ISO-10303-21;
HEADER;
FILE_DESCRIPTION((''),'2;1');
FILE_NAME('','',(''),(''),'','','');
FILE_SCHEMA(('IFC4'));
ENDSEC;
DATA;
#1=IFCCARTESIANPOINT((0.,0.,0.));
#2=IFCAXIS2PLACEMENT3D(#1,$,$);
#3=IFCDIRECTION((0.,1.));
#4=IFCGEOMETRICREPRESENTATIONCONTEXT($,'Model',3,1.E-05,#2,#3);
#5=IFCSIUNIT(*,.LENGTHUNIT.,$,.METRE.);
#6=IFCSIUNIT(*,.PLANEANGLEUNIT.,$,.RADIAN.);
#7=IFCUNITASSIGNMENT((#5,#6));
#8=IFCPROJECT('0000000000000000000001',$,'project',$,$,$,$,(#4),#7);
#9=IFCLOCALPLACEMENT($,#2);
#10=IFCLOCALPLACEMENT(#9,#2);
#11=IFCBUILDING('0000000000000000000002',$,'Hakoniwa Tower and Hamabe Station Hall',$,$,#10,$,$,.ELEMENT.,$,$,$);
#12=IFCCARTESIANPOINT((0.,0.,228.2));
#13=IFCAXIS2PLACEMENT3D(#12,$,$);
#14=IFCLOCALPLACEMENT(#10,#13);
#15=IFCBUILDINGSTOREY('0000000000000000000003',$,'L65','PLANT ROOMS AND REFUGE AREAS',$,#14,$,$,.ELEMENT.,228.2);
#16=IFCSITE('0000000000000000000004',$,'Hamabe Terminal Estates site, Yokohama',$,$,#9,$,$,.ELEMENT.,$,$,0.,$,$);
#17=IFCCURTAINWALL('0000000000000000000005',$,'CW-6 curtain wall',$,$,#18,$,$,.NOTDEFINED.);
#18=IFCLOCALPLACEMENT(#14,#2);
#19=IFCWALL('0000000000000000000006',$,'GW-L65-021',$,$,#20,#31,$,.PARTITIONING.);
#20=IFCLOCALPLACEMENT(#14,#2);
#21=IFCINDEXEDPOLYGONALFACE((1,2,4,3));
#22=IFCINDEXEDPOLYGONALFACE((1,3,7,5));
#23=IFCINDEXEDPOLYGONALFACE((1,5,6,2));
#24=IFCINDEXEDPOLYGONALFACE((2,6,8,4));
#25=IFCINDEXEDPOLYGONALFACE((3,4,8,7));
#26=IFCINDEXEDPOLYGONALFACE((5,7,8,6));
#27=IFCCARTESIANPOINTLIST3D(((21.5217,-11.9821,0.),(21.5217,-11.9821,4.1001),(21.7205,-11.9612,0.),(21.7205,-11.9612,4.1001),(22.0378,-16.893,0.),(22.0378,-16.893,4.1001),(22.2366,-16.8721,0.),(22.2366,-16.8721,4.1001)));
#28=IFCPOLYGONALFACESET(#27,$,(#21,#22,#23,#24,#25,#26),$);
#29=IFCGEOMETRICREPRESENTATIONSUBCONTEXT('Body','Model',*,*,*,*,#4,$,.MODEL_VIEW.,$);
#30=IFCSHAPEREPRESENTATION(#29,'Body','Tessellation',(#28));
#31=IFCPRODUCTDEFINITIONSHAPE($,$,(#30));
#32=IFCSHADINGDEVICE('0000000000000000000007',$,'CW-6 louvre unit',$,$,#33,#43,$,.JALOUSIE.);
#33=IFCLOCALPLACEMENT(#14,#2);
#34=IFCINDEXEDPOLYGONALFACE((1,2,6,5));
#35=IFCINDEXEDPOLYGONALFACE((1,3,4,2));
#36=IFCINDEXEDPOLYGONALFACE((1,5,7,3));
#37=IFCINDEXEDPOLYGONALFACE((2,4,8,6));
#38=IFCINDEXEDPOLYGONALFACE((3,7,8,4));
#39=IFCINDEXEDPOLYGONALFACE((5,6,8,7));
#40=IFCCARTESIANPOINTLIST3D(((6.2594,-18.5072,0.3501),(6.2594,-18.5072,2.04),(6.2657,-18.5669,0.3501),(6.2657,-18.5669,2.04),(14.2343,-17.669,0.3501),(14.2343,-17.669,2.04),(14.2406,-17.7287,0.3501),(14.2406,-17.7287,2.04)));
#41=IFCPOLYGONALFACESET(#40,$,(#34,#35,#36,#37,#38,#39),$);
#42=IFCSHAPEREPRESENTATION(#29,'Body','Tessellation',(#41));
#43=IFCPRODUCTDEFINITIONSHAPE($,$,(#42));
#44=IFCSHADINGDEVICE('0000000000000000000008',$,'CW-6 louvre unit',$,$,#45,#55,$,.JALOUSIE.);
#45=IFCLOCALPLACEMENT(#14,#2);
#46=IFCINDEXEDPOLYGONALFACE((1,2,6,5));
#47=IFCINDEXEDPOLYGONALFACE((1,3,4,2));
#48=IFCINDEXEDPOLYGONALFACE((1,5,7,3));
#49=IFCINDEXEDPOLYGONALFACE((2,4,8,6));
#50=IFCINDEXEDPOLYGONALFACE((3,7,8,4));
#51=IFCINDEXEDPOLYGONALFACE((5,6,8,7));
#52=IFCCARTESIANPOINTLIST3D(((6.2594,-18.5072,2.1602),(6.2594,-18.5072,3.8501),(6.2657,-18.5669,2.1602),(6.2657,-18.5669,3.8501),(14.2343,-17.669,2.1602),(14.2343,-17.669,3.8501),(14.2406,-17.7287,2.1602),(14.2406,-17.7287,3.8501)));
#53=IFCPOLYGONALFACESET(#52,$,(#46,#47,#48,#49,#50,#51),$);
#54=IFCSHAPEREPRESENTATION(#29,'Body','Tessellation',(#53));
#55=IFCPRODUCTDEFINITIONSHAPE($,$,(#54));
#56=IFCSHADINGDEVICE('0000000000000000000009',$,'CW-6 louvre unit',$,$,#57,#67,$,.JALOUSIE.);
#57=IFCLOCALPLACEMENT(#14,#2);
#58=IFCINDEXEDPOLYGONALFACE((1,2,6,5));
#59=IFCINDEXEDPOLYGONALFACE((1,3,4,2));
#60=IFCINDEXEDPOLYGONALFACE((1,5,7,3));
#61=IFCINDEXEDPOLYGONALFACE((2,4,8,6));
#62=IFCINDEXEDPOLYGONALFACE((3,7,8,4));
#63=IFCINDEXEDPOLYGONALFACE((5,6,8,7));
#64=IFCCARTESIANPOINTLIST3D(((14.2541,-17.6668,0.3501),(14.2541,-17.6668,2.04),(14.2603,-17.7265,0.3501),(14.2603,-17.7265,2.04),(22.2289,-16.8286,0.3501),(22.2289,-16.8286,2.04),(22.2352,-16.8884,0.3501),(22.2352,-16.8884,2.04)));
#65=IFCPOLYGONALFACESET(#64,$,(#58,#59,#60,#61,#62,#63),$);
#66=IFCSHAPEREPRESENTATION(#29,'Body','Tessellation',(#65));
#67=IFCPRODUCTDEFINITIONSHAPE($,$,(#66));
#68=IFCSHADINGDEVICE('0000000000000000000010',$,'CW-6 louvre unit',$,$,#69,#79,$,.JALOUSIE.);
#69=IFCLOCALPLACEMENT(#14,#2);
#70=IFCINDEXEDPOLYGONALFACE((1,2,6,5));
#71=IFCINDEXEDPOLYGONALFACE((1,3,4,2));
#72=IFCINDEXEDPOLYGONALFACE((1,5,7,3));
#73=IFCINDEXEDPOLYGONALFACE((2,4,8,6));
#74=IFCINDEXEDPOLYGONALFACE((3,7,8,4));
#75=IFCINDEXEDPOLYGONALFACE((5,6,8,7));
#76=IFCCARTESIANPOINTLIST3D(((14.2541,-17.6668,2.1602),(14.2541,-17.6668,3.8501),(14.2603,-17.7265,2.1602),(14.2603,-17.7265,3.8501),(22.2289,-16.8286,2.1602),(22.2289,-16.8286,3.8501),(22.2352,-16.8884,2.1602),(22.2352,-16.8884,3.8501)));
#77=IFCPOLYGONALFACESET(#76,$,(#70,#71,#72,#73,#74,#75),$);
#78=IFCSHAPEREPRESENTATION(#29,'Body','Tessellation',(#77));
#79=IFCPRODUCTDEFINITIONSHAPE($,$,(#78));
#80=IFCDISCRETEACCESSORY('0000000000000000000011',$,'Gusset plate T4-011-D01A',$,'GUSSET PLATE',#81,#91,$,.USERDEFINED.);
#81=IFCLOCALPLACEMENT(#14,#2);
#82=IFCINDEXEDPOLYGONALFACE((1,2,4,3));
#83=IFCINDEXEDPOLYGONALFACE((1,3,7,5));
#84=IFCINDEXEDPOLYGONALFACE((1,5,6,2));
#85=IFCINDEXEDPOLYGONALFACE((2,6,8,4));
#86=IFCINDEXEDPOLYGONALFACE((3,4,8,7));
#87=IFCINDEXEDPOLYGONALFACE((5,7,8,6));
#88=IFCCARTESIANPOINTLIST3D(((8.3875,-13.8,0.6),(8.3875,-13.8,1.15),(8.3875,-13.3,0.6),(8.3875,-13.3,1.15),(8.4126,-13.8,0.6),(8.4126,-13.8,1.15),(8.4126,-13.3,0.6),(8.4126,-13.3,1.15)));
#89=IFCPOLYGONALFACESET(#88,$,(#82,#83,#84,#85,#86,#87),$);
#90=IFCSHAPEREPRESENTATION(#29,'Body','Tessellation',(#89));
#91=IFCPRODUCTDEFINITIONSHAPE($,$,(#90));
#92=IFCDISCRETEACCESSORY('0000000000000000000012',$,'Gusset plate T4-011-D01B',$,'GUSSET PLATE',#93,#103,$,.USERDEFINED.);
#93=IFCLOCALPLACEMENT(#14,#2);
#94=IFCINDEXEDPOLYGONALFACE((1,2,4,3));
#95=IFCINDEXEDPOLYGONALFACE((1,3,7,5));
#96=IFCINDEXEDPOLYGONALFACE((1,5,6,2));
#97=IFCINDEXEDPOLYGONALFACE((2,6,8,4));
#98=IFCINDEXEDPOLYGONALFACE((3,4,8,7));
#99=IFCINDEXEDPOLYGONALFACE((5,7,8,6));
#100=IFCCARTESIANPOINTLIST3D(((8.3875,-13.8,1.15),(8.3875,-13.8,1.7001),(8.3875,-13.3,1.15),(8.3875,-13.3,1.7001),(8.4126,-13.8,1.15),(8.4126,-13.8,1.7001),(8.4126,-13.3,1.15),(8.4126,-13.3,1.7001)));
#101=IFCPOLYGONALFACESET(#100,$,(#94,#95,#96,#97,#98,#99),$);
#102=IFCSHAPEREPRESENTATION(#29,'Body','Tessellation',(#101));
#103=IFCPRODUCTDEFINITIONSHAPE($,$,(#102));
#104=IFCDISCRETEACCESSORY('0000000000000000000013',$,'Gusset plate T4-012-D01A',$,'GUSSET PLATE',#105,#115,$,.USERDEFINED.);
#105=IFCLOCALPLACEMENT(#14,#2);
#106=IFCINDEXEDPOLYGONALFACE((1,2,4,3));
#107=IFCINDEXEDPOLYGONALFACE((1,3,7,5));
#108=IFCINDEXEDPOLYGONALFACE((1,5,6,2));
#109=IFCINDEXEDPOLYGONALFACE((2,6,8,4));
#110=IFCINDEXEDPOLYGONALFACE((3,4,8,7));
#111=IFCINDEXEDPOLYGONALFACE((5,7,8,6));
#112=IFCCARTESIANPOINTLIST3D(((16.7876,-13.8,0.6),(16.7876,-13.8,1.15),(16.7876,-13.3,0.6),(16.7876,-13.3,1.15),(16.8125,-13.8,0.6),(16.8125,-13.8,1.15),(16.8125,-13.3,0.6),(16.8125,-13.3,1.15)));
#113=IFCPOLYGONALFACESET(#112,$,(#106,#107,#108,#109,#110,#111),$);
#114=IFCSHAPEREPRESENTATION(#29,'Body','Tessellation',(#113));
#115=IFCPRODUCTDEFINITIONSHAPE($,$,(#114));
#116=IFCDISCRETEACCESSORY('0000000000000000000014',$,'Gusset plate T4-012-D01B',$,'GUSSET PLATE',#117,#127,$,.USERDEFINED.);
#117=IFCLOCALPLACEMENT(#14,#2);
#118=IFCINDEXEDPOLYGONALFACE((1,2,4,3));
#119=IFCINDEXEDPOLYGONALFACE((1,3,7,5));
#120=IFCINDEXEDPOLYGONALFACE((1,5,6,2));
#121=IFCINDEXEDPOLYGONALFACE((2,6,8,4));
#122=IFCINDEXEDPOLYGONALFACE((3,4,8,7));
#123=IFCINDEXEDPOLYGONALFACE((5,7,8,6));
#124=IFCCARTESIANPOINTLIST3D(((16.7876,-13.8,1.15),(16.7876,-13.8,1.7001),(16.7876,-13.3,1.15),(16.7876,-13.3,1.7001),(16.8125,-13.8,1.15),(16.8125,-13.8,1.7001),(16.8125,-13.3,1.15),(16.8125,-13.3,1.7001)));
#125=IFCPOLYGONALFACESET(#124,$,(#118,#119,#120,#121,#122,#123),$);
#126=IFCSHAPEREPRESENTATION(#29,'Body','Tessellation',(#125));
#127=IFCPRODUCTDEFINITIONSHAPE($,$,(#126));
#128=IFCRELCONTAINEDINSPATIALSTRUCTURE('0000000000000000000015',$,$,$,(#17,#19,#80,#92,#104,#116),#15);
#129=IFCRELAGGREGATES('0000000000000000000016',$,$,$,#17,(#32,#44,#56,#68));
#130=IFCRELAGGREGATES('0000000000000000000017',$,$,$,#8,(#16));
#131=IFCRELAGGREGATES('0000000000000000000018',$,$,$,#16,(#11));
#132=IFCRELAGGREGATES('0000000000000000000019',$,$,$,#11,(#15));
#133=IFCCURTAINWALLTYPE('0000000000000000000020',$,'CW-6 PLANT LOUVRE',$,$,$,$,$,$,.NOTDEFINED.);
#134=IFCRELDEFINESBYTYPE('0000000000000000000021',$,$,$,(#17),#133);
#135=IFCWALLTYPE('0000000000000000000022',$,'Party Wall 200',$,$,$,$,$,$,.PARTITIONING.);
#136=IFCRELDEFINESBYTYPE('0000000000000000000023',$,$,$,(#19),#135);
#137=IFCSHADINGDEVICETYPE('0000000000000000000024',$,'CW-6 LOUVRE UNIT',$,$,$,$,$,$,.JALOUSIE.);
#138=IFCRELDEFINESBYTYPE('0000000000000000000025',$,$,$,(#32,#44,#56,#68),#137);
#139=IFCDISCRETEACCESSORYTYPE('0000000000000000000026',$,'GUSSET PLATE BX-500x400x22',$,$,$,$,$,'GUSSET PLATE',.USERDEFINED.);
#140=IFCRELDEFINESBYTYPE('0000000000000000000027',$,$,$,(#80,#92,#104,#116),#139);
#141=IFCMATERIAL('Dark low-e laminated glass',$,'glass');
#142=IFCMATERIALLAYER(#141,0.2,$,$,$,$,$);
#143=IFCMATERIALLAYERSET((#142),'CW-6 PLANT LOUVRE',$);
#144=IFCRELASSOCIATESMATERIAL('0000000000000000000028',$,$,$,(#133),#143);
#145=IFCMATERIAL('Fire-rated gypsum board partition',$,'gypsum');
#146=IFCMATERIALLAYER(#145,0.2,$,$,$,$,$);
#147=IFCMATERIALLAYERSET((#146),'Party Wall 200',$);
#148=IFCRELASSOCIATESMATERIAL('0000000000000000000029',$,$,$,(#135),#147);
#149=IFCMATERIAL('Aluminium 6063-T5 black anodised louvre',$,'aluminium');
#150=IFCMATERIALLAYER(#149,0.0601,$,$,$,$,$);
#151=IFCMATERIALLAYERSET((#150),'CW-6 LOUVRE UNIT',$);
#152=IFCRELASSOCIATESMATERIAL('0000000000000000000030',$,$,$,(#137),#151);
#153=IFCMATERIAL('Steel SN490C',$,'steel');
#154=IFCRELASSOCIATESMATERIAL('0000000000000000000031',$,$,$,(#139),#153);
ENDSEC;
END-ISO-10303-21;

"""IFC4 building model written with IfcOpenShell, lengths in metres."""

from ifc_helpers import new_model, si_unit, direction, frame, frame_2d, origin, origin_2d, place, context, subcontext, project, spatial, rectangle, extrude, material, layer, layer_set, material_profile, profile_set, type_object, element, aggregate, save


model = new_model("IFC4")

# Units and contexts
model_context = context("Model", 3, precision=1e-05, world=origin(), true_north=direction((0.0, 1.0)))
body_context = subcontext(model_context, "Body", "Model", "MODEL_VIEW")
ifc_project = project(units=[si_unit("LENGTHUNIT", "METRE"), si_unit("PLANEANGLEUNIT", "RADIAN")], contexts=[model_context])

# Site, building, storey
site_placement = place(None, origin())
site = spatial("IfcSite", under=ifc_project, at=site_placement, Name="Hamabe Terminal Estates site, Yokohama", CompositionType="ELEMENT", RefElevation=0.0)
building_placement = place(site_placement, origin())
building = spatial("IfcBuilding", under=site, at=building_placement, Name="Hakoniwa Tower and Hamabe Station Hall", CompositionType="ELEMENT")
storey_placement = place(building_placement, frame((0.0, 0.0, 228.2)))
storey = spatial("IfcBuildingStorey", under=building, at=storey_placement, Name="L65", Description="PLANT ROOMS AND REFUGE AREAS", CompositionType="ELEMENT", Elevation=228.2)

# Curtain wall
ifc_material_1 = material(Name="Dark low-e laminated glass", Category="glass")
ifc_layer_1 = layer(ifc_material_1, 0.2)
ifc_layer_set_1 = layer_set([ifc_layer_1], Name="CW-6 PLANT LOUVRE")
curtain_wall_type = type_object("IfcCurtainWallType", Name="CW-6 PLANT LOUVRE", PredefinedType="NOTDEFINED", material=ifc_layer_set_1)
curtain_wall_placement = place(storey_placement, origin())
curtain_wall = element("IfcCurtainWall", 1, at=curtain_wall_placement, inside=storey, type_object=curtain_wall_type, Name="CW-6 curtain wall", PredefinedType="NOTDEFINED")

# Wall
ifc_material_2 = material(Name="Fire-rated gypsum board partition", Category="gypsum")
ifc_layer_2 = layer(ifc_material_2, 0.2)
ifc_layer_set_2 = layer_set([ifc_layer_2], Name="Party Wall 200")
wall_type = type_object("IfcWallType", Name="Party Wall 200", PredefinedType="PARTITIONING", material=ifc_layer_set_2)
wall_1_placement = place(storey_placement, frame((22.1372, -16.8826, 0.0), z_axis=(0.0, 0.0, 1.0), x_axis=(-0.10452, 0.994523, 0.0)))
element("IfcWall", 2, at=wall_1_placement, inside=storey, type_object=wall_type, Name="GW-L65-021", PredefinedType="PARTITIONING", context=body_context, shape_type="SweptSolid", body=[
    extrude(rectangle(XDim=4.938, YDim=0.2, at=frame_2d((2.469, 0.0))), origin(), (0.0, 0.0, 1.0), 4.1001),
])

# Shading devices
ifc_material_3 = material(Name="Aluminium 6063-T5 black anodised louvre", Category="aluminium")
ifc_layer_3 = layer(ifc_material_3, 0.0601)
ifc_layer_set_3 = layer_set([ifc_layer_3], Name="CW-6 LOUVRE UNIT")
shading_device_type = type_object("IfcShadingDeviceType", Name="CW-6 LOUVRE UNIT", PredefinedType="JALOUSIE", material=ifc_layer_set_3)
shading_device_1_placement = place(storey_placement, frame((10.25, -18.1179, 0.3501), z_axis=(0.0, 0.0, 1.0), x_axis=(0.994522, 0.104528, 0.0)))
shading_device_1 = element("IfcShadingDevice", 3, at=shading_device_1_placement, type_object=shading_device_type, Name="CW-6 louvre unit", PredefinedType="JALOUSIE", context=body_context, shape_type="SweptSolid", body=[
    extrude(rectangle(XDim=8.0188, YDim=0.0601, at=origin_2d()), origin(), (0.0, 0.0, 1.0), 1.6899),
])
shading_device_2_placement = place(storey_placement, frame((10.25, -18.1179, 2.1602), z_axis=(0.0, 0.0, 1.0), x_axis=(0.994522, 0.104528, 0.0)))
shading_device_2 = element("IfcShadingDevice", 4, at=shading_device_2_placement, type_object=shading_device_type, Name="CW-6 louvre unit", PredefinedType="JALOUSIE", context=body_context, shape_type="SweptSolid", body=[
    extrude(rectangle(XDim=8.0188, YDim=0.0601, at=origin_2d()), origin(), (0.0, 0.0, 1.0), 1.6899),
])
shading_device_3_placement = place(storey_placement, frame((18.2446, -17.2776, 0.3501), z_axis=(0.0, 0.0, 1.0), x_axis=(0.994522, 0.104528, 0.0)))
shading_device_3 = element("IfcShadingDevice", 5, at=shading_device_3_placement, type_object=shading_device_type, Name="CW-6 louvre unit", PredefinedType="JALOUSIE", context=body_context, shape_type="SweptSolid", body=[
    extrude(rectangle(XDim=8.0188, YDim=0.0601, at=origin_2d()), origin(), (0.0, 0.0, 1.0), 1.6899),
])
shading_device_4_placement = place(storey_placement, frame((18.2446, -17.2776, 2.1602), z_axis=(0.0, 0.0, 1.0), x_axis=(0.994522, 0.104528, 0.0)))
shading_device_4 = element("IfcShadingDevice", 6, at=shading_device_4_placement, type_object=shading_device_type, Name="CW-6 louvre unit", PredefinedType="JALOUSIE", context=body_context, shape_type="SweptSolid", body=[
    extrude(rectangle(XDim=8.0188, YDim=0.0601, at=origin_2d()), origin(), (0.0, 0.0, 1.0), 1.6899),
])
aggregate(curtain_wall, [shading_device_1, shading_device_2, shading_device_3, shading_device_4])

# Discrete accessories
ifc_material_4 = material(Name="Steel SN490C", Category="steel")
ifc_material_profile_1 = material_profile(ifc_material_4, rectangle(XDim=0.5, YDim=0.55, at=origin_2d()), Name="GUSSET PLATE BX-500x400x22")
ifc_profile_set_1 = profile_set([ifc_material_profile_1], Name="Steel SN490C")
discrete_accessory_type = type_object("IfcDiscreteAccessoryType", Name="GUSSET PLATE BX-500x400x22", ElementType="GUSSET PLATE", PredefinedType="USERDEFINED", material=ifc_profile_set_1)
for number, where, z_axis, x_axis, name in (
    (7, (8.4126, -13.55, 0.875), (-1.0, 0.0, 0.0), (0.0, -1.0, 0.0), "Gusset plate T4-011-D01A"),
    (8, (8.4126, -13.55, 1.425), (-1.0, 0.0, 0.0), (0.0, -1.0, 0.0), "Gusset plate T4-011-D01B"),
):
    element("IfcDiscreteAccessory", number, at=place(storey_placement, frame(where, z_axis=z_axis, x_axis=x_axis)), inside=storey, type_object=discrete_accessory_type, Name=name, ObjectType="GUSSET PLATE", PredefinedType="USERDEFINED", context=body_context, shape_type="SweptSolid", body=[
        extrude(rectangle(XDim=0.5, YDim=0.55, at=origin_2d()), origin(), (0.0, 0.0, 1.0), 0.0251),
    ])
for number, where, z_axis, x_axis, name in (
    (9, (16.8125, -13.55, 0.875), (-1.0, 0.0, 0.0), (0.0, -1.0, 0.0), "Gusset plate T4-012-D01A"),
    (10, (16.8125, -13.55, 1.425), (-1.0, 0.0, 0.0), (0.0, -1.0, 0.0), "Gusset plate T4-012-D01B"),
):
    element("IfcDiscreteAccessory", number, at=place(storey_placement, frame(where, z_axis=z_axis, x_axis=x_axis)), inside=storey, type_object=discrete_accessory_type, Name=name, ObjectType="GUSSET PLATE", PredefinedType="USERDEFINED", context=body_context, shape_type="SweptSolid", body=[
        extrude(rectangle(XDim=0.5, YDim=0.55, at=origin_2d()), origin(), (0.0, 0.0, 1.0), 0.0249),
    ])

save(model, "model.ifc")
